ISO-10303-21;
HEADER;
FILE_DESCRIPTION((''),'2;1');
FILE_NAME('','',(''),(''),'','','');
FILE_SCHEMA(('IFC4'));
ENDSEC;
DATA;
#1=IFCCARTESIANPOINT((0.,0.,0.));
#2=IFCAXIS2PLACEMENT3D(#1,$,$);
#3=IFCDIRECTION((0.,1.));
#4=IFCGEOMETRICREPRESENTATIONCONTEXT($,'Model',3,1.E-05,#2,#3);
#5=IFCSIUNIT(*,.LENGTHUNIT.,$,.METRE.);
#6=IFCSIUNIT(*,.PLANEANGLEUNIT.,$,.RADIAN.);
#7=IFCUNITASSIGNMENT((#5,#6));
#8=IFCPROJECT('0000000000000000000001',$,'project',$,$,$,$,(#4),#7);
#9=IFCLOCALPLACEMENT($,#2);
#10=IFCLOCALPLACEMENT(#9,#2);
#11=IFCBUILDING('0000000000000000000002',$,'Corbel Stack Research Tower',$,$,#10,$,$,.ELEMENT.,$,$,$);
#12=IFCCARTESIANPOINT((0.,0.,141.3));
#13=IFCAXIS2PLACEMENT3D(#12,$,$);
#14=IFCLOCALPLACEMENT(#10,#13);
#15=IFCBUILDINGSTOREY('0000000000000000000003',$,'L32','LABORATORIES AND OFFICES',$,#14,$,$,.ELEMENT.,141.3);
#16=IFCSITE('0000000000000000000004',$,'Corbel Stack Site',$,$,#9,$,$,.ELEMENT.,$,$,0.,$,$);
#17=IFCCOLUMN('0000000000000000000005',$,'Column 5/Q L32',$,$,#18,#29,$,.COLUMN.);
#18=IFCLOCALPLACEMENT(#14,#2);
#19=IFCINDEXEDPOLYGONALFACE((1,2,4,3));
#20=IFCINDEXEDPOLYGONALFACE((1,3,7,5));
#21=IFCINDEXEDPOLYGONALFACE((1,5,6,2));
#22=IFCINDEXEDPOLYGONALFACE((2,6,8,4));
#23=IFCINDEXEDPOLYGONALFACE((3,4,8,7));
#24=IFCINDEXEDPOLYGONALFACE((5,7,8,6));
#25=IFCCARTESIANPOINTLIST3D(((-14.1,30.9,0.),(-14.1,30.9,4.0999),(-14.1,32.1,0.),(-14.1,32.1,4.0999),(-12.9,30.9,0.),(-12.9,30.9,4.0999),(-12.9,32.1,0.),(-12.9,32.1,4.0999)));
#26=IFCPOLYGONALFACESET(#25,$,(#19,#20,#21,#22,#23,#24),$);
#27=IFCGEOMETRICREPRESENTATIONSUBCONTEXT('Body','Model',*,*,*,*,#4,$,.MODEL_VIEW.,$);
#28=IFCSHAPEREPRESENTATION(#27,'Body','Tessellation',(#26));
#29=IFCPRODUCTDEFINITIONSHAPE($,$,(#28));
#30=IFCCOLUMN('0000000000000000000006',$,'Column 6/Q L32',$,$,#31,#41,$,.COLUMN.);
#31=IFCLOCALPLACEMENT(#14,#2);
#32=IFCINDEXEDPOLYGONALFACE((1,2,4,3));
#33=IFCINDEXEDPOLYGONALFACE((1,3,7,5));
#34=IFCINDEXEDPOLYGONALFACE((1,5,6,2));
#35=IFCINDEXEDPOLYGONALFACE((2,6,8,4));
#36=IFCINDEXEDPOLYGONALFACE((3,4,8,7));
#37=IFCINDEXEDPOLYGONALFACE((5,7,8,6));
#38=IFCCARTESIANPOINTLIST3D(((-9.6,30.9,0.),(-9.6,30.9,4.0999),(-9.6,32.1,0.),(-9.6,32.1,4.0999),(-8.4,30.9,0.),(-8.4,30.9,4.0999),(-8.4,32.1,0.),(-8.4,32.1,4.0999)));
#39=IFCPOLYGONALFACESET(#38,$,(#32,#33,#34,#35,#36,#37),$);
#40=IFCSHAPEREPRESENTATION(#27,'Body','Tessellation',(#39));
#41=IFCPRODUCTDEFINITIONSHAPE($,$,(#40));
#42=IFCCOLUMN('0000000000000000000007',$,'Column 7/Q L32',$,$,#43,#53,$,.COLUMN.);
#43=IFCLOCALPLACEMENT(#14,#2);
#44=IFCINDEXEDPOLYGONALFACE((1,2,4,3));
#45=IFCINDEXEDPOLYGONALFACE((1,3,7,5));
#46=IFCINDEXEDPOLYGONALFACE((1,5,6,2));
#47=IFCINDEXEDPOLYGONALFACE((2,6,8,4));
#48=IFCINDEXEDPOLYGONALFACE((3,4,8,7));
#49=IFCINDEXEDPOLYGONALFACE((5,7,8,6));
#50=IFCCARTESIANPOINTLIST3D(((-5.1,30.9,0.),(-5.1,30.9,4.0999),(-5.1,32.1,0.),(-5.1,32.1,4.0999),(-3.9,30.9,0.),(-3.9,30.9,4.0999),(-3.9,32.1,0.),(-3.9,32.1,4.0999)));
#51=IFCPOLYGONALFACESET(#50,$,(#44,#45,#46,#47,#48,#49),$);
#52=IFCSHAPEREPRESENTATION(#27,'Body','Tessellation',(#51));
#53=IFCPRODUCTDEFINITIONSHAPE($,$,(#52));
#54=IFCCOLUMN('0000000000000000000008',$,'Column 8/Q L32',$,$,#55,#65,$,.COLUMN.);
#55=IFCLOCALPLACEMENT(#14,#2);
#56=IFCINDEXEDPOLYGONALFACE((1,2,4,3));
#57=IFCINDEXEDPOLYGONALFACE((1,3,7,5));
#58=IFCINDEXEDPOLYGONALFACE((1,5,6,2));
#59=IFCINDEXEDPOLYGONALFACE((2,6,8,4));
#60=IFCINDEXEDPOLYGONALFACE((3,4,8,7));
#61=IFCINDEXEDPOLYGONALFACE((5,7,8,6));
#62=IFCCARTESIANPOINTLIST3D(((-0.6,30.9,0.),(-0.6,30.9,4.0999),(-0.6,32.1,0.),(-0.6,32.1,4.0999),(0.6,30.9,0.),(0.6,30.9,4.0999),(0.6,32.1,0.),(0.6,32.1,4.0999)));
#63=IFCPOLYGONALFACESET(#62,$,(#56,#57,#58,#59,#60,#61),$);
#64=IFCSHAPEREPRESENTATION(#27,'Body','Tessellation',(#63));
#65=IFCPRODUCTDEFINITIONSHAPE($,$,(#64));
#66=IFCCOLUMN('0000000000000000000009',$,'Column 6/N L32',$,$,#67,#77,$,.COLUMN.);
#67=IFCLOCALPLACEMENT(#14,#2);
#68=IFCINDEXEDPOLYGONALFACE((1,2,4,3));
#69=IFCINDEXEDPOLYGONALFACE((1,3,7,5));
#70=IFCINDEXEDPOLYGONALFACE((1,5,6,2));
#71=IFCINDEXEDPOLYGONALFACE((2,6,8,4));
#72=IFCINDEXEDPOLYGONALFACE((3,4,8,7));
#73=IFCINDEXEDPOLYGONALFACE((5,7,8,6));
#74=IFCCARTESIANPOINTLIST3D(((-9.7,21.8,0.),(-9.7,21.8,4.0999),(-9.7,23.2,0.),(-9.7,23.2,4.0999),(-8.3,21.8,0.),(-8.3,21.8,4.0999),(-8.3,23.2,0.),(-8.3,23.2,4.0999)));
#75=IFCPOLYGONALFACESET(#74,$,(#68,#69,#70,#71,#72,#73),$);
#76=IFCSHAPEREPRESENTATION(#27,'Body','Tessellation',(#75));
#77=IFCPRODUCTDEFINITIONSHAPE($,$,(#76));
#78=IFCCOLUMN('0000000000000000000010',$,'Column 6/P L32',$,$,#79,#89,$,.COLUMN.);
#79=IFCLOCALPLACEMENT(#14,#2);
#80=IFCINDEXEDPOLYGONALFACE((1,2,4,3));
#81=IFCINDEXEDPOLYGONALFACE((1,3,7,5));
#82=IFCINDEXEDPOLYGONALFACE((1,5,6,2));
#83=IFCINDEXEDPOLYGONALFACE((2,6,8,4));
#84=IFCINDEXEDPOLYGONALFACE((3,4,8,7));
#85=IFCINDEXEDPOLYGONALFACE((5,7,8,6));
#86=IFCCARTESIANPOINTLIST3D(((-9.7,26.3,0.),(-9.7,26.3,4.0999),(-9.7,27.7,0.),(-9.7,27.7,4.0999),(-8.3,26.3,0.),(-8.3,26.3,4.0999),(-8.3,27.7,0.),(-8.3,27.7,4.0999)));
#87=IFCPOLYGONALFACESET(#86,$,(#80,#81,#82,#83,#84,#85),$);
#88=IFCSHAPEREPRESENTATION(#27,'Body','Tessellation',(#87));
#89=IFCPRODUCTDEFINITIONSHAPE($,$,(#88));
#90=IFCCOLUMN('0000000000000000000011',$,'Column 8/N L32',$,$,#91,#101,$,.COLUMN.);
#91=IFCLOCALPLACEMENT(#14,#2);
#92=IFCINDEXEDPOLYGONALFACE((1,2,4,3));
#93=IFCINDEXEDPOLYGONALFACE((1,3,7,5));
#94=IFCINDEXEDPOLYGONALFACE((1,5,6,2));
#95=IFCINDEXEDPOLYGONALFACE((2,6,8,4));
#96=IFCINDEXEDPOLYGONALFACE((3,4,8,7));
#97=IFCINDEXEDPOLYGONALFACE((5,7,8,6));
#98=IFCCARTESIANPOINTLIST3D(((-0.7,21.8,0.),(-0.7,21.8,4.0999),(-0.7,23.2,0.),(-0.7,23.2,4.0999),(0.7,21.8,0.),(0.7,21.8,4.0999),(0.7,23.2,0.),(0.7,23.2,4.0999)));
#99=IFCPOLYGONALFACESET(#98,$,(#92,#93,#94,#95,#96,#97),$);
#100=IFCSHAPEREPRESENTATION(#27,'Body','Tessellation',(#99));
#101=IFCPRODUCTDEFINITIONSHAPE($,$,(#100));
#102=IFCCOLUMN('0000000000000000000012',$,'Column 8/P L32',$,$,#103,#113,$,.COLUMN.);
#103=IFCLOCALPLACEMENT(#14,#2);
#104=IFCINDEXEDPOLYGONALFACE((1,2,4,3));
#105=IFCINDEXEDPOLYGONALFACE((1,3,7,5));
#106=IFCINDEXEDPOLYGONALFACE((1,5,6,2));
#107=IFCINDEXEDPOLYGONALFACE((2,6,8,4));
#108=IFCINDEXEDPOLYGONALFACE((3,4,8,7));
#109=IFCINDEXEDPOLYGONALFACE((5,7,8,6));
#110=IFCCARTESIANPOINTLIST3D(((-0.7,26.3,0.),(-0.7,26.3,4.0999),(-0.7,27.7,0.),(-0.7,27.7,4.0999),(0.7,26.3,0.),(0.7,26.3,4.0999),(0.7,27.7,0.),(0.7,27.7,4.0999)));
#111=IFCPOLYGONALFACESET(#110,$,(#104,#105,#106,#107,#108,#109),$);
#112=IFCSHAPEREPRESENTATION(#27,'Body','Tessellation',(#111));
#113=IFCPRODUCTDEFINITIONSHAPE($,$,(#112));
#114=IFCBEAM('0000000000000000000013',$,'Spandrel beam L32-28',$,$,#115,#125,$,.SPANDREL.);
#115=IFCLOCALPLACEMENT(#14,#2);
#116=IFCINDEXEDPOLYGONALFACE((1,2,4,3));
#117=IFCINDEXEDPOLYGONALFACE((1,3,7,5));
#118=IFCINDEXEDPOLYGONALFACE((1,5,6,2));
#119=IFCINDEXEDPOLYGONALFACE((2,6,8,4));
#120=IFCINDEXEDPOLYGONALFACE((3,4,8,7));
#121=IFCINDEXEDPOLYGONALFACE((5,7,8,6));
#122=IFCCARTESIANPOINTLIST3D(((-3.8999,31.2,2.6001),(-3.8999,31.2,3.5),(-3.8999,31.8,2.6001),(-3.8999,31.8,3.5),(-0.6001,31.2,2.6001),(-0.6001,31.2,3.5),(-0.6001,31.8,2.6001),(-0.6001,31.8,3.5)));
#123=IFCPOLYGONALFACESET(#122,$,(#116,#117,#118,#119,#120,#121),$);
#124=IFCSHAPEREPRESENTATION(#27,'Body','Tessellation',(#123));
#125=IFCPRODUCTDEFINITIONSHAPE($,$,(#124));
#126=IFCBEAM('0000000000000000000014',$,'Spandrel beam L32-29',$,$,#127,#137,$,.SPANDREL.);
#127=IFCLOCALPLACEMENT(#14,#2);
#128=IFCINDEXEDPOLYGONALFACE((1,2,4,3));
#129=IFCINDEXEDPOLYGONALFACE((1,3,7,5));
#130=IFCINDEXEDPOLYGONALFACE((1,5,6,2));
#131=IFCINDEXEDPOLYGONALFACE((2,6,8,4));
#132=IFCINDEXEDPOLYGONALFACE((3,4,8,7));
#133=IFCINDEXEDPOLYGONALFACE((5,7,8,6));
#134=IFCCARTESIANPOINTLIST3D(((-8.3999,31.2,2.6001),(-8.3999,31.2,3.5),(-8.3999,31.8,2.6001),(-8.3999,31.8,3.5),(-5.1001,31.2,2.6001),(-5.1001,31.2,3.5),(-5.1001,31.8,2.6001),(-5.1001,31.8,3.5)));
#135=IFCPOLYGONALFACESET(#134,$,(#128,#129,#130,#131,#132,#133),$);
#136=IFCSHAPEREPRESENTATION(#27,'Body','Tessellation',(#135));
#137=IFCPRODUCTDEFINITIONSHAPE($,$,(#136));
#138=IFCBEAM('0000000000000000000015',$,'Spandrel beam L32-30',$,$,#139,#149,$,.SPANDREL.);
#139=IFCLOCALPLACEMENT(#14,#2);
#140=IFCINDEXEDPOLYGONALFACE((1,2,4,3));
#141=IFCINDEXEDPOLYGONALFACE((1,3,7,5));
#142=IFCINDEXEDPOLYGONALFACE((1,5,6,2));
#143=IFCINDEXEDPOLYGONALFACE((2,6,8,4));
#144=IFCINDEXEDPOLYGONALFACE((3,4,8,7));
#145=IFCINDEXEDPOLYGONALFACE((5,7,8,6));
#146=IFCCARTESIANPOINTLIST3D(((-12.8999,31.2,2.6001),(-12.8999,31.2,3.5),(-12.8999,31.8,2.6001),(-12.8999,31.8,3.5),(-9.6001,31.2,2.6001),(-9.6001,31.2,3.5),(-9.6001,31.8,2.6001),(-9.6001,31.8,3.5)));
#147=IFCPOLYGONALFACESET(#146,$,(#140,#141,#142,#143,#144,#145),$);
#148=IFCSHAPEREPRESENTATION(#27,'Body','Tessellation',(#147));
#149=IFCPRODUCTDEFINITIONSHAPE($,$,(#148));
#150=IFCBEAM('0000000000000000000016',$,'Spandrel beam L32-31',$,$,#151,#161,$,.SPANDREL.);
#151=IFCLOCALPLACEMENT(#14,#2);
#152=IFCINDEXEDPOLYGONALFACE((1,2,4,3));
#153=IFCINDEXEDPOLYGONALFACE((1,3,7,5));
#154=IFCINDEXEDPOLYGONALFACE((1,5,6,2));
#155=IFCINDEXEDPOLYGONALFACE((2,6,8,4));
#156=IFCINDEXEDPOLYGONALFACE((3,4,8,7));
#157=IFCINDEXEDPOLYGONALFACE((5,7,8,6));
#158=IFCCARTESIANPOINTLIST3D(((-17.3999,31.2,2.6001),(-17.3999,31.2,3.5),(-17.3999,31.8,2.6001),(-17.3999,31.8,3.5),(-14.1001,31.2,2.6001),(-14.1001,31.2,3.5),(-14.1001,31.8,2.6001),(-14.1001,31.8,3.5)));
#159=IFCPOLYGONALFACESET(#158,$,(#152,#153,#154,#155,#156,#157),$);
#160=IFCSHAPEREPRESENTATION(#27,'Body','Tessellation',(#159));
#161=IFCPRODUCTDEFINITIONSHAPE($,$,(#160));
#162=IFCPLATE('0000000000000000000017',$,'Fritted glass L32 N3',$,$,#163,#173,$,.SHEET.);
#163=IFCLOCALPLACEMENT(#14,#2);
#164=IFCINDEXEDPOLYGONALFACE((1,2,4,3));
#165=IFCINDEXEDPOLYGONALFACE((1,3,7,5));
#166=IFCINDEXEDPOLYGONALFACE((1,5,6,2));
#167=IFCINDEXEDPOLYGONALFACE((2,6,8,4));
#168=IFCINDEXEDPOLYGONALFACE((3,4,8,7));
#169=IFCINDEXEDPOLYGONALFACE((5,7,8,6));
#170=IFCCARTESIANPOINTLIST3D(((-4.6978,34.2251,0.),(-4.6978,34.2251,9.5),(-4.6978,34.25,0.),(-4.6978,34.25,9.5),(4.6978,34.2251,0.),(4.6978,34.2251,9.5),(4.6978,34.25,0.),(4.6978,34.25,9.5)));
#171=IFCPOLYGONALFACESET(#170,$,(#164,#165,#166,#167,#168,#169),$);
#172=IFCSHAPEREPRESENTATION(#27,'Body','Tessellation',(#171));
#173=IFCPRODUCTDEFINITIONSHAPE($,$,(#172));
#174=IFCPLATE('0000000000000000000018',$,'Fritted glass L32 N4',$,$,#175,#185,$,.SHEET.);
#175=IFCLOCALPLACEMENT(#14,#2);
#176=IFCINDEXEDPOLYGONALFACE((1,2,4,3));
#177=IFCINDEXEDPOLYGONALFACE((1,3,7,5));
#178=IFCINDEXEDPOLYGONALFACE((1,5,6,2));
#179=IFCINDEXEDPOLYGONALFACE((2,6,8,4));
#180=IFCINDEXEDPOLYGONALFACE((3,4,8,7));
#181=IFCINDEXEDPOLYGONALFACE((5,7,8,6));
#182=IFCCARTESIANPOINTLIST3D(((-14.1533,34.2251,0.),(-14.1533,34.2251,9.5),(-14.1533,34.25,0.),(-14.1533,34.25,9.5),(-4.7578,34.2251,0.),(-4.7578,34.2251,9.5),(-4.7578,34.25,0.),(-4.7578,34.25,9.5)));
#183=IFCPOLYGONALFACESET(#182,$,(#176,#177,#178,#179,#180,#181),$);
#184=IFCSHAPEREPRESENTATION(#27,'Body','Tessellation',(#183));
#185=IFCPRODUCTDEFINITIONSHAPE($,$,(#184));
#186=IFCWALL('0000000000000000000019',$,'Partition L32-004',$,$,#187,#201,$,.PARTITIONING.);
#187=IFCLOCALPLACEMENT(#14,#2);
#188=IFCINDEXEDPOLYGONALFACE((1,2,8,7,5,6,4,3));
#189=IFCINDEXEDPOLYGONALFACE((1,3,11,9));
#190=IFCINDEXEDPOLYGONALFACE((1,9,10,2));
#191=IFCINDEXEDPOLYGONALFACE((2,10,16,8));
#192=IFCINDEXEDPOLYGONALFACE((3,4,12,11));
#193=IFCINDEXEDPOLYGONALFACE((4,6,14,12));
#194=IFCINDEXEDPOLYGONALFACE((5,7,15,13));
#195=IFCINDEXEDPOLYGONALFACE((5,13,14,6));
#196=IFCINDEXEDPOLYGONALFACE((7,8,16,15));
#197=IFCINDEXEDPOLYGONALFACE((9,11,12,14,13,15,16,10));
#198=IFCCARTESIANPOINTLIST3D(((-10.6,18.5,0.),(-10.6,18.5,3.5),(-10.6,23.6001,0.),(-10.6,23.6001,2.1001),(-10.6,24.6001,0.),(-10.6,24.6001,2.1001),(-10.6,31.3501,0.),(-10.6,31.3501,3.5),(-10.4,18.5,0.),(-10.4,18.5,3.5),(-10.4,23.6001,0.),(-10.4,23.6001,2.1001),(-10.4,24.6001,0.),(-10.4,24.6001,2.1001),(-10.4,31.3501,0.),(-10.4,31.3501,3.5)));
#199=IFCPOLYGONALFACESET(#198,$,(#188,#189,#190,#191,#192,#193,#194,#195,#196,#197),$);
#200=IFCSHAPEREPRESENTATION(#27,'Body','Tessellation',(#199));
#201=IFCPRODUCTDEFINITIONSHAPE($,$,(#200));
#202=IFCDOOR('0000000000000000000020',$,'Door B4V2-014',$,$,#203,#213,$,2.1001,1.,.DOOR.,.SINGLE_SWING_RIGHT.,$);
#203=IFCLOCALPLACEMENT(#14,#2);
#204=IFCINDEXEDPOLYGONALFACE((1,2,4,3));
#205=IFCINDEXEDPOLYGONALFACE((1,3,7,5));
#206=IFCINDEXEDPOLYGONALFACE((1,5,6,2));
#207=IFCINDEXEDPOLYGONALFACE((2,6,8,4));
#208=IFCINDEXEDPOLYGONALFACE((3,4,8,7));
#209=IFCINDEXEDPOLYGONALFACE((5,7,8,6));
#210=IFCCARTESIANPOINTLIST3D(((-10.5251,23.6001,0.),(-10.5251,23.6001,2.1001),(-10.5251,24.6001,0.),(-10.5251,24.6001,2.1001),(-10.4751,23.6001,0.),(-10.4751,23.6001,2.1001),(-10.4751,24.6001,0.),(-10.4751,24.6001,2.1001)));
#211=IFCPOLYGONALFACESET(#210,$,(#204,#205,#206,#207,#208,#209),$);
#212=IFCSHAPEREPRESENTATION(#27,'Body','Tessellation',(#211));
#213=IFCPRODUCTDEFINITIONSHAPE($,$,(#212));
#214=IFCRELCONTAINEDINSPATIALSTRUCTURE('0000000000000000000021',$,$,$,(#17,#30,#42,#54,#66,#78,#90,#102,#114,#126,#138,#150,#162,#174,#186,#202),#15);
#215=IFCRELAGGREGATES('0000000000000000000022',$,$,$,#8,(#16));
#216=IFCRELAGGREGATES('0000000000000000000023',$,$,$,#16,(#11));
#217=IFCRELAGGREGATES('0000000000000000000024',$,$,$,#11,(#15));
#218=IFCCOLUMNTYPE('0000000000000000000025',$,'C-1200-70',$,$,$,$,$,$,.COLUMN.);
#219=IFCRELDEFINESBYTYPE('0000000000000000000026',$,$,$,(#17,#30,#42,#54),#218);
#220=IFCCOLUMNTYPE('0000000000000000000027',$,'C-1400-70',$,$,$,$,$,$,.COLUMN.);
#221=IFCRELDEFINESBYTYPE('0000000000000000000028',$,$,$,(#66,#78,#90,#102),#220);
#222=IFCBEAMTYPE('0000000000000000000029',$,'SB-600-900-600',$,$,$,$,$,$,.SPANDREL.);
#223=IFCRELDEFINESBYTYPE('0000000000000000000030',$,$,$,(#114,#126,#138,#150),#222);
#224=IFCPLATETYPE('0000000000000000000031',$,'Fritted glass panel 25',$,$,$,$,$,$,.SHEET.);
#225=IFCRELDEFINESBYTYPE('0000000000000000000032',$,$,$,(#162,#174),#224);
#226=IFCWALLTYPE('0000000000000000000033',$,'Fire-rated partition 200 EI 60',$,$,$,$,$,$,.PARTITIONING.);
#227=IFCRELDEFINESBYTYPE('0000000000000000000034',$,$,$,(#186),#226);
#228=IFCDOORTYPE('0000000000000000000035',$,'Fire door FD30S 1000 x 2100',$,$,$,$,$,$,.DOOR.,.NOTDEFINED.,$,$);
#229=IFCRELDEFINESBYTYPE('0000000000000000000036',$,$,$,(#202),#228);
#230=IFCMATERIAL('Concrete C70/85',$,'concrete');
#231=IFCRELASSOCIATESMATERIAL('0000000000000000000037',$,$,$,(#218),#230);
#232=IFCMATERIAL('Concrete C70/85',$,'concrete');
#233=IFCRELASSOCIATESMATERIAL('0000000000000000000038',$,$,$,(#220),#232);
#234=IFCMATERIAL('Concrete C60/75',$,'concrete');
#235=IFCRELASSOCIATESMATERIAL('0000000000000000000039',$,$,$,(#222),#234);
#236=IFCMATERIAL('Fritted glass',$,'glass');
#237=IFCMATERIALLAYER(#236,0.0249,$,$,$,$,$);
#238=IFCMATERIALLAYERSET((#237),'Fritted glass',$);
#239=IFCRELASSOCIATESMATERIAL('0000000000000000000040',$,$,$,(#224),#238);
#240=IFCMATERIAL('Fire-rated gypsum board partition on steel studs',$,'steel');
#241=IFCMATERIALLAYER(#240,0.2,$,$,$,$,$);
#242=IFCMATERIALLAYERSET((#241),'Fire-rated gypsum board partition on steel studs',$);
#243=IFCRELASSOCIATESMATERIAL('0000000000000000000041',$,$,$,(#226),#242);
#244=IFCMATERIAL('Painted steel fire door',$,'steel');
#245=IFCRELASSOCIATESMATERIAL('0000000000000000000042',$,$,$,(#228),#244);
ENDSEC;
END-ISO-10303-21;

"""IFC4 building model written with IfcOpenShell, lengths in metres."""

from ifc_helpers import new_model, si_unit, direction, frame, frame_2d, origin, origin_2d, place, context, subcontext, project, spatial, rectangle, extrude, material, layer, layer_set, material_profile, profile_set, type_object, element, fill, save


model = new_model("IFC4")

# Units and contexts
model_context = context("Model", 3, precision=1e-05, world=origin(), true_north=direction((0.0, 1.0)))
body_context = subcontext(model_context, "Body", "Model", "MODEL_VIEW")
ifc_project = project(units=[si_unit("LENGTHUNIT", "METRE"), si_unit("PLANEANGLEUNIT", "RADIAN")], contexts=[model_context])

# Site, building, storey
site_placement = place(None, origin())
site = spatial("IfcSite", under=ifc_project, at=site_placement, Name="Corbel Stack Site", CompositionType="ELEMENT", RefElevation=0.0)
building_placement = place(site_placement, origin())
building = spatial("IfcBuilding", under=site, at=building_placement, Name="Corbel Stack Research Tower", CompositionType="ELEMENT")
storey_placement = place(building_placement, frame((0.0, 0.0, 141.3)))
storey = spatial("IfcBuildingStorey", under=building, at=storey_placement, Name="L32", Description="LABORATORIES AND OFFICES", CompositionType="ELEMENT", Elevation=141.3)

# Columns
ifc_material_1 = material(Name="Concrete C70/85", Category="concrete")
ifc_material_profile_1 = material_profile(ifc_material_1, rectangle(XDim=1.2, YDim=1.2, at=origin_2d()), Name="RC 1200 x 1200")
ifc_profile_set_1 = profile_set([ifc_material_profile_1], Name="Concrete C70/85")
column_type_1 = type_object("IfcColumnType", Name="C-1200-70", PredefinedType="COLUMN", material=ifc_profile_set_1)
for number, where, z_axis, x_axis, name in (
    (1, (-13.5, 31.5, 0.0), (0.0, 0.0, 1.0), (1.0, 0.0, 0.0), "Column 5/Q L32"),
    (2, (-9.0, 31.5, 0.0), (0.0, 0.0, 1.0), (1.0, 0.0, 0.0), "Column 6/Q L32"),
    (3, (-4.5, 31.5, 0.0), (0.0, 0.0, 1.0), (1.0, 0.0, 0.0), "Column 7/Q L32"),
    (4, (0.0, 31.5, 0.0), (0.0, 0.0, 1.0), (1.0, 0.0, 0.0), "Column 8/Q L32"),
):
    element("IfcColumn", number, at=place(storey_placement, frame(where, z_axis=z_axis, x_axis=x_axis)), inside=storey, type_object=column_type_1, Name=name, PredefinedType="COLUMN", context=body_context, shape_type="SweptSolid", body=[
        extrude(rectangle(XDim=1.2, YDim=1.2, at=origin_2d()), origin(), (0.0, 0.0, 1.0), 4.0999),
    ])
ifc_material_2 = material(Name="Concrete C70/85", Category="concrete")
ifc_material_profile_2 = material_profile(ifc_material_2, rectangle(XDim=1.3999, YDim=1.3999, at=origin_2d()), Name="RC 1400 x 1400")
ifc_profile_set_2 = profile_set([ifc_material_profile_2], Name="Concrete C70/85")
column_type_2 = type_object("IfcColumnType", Name="C-1400-70", PredefinedType="COLUMN", material=ifc_profile_set_2)
for number, where, z_axis, x_axis, name in (
    (5, (-9.0, 22.5, 0.0), (0.0, 0.0, 1.0), (1.0, 0.0, 0.0), "Column 6/N L32"),
    (6, (-9.0, 27.0, 0.0), (0.0, 0.0, 1.0), (1.0, 0.0, 0.0), "Column 6/P L32"),
    (7, (0.0, 22.5, 0.0), (0.0, 0.0, 1.0), (1.0, 0.0, 0.0), "Column 8/N L32"),
    (8, (0.0, 27.0, 0.0), (0.0, 0.0, 1.0), (1.0, 0.0, 0.0), "Column 8/P L32"),
):
    element("IfcColumn", number, at=place(storey_placement, frame(where, z_axis=z_axis, x_axis=x_axis)), inside=storey, type_object=column_type_2, Name=name, PredefinedType="COLUMN", context=body_context, shape_type="SweptSolid", body=[
        extrude(rectangle(XDim=1.3999, YDim=1.3999, at=origin_2d()), origin(), (0.0, 0.0, 1.0), 4.0999),
    ])

# Beams
ifc_material_3 = material(Name="Concrete C60/75", Category="concrete")
ifc_material_profile_3 = material_profile(ifc_material_3, rectangle(XDim=0.6001, YDim=0.8999, at=origin_2d()), Name="RC 600 x 900")
ifc_profile_set_3 = profile_set([ifc_material_profile_3], Name="Concrete C60/75")
beam_type = type_object("IfcBeamType", Name="SB-600-900-600", PredefinedType="SPANDREL", material=ifc_profile_set_3)
for number, where, z_axis, x_axis, name in (
    (9, (-0.6001, 31.5, 3.05), (-1.0, 0.0, 0.0), (0.0, -1.0, 0.0), "Spandrel beam L32-28"),
    (10, (-5.1001, 31.5, 3.05), (-1.0, 0.0, 0.0), (0.0, -1.0, 0.0), "Spandrel beam L32-29"),
    (11, (-9.6001, 31.5, 3.05), (-1.0, 0.0, 0.0), (0.0, -1.0, 0.0), "Spandrel beam L32-30"),
    (12, (-14.1001, 31.5, 3.05), (-1.0, 0.0, 0.0), (0.0, -1.0, 0.0), "Spandrel beam L32-31"),
):
    element("IfcBeam", number, at=place(storey_placement, frame(where, z_axis=z_axis, x_axis=x_axis)), inside=storey, type_object=beam_type, Name=name, PredefinedType="SPANDREL", context=body_context, shape_type="SweptSolid", body=[
        extrude(rectangle(XDim=0.6001, YDim=0.8999, at=origin_2d()), origin(), (0.0, 0.0, 1.0), 3.2998),
    ])

# Plates
ifc_material_4 = material(Name="Fritted glass", Category="glass")
ifc_layer_1 = layer(ifc_material_4, 0.0249)
ifc_layer_set_1 = layer_set([ifc_layer_1], Name="Fritted glass")
plate_type = type_object("IfcPlateType", Name="Fritted glass panel 25", PredefinedType="SHEET", material=ifc_layer_set_1)
for number, where, z_axis, x_axis, name in (
    (13, (0.0, 34.2375, 0.0), (0.0, 0.0, 1.0), (-1.0, 0.0, 0.0), "Fritted glass L32 N3"),
    (14, (-9.4556, 34.2375, 0.0), (0.0, 0.0, 1.0), (-1.0, 0.0, 0.0), "Fritted glass L32 N4"),
):
    element("IfcPlate", number, at=place(storey_placement, frame(where, z_axis=z_axis, x_axis=x_axis)), inside=storey, type_object=plate_type, Name=name, PredefinedType="SHEET", context=body_context, shape_type="SweptSolid", body=[
        extrude(rectangle(XDim=9.3955, YDim=0.0249, at=origin_2d()), origin(), (0.0, 0.0, 1.0), 9.5),
    ])

# Wall, opening, door
ifc_material_5 = material(Name="Fire-rated gypsum board partition on steel studs", Category="steel")
ifc_layer_2 = layer(ifc_material_5, 0.2)
ifc_layer_set_2 = layer_set([ifc_layer_2], Name="Fire-rated gypsum board partition on steel studs")
wall_type_1 = type_object("IfcWallType", Name="Fire-rated partition 200 EI 60", PredefinedType="PARTITIONING", material=ifc_layer_set_2)
wall_1_placement = place(storey_placement, frame((-10.5, 31.3501, 0.0), z_axis=(0.0, 0.0, 1.0), x_axis=(0.0, -1.0, 0.0)))
wall_1 = element("IfcWall", 15, at=wall_1_placement, inside=storey, type_object=wall_type_1, Name="Partition L32-004", PredefinedType="PARTITIONING", context=body_context, shape_type="SweptSolid", body=[
    extrude(rectangle(XDim=12.8501, YDim=0.2, at=frame_2d((6.425, 0.0))), origin(), (0.0, 0.0, 1.0), 3.5),
])
opening_1_placement = place(wall_1_placement, frame((6.75, 0.0, 0.0)))
opening_1 = element("IfcOpeningElement", 16, at=opening_1_placement, cuts=wall_1, PredefinedType="OPENING", context=body_context, shape_type="SweptSolid", body=[
    extrude(rectangle(XDim=1.0, YDim=2.1001, at=frame_2d((0.5, 1.05))), frame((0.0, 0.1099, 0.0), z_axis=(0.0, -1.0, 0.0), x_axis=(1.0, 0.0, 0.0)), (0.0, 0.0, 1.0), 0.22),
])
ifc_material_6 = material(Name="Painted steel fire door", Category="steel")
door_type_1 = type_object("IfcDoorType", Name="Fire door FD30S 1000 x 2100", OperationType="NOTDEFINED", PredefinedType="DOOR", material=ifc_material_6)
door_1_placement = place(opening_1_placement, origin())
door_1 = element("IfcDoor", 17, at=door_1_placement, inside=storey, type_object=door_type_1, Name="Door B4V2-014", OperationType="SINGLE_SWING_RIGHT", OverallHeight=2.1001, OverallWidth=1.0, PredefinedType="DOOR", context=body_context, shape_type="SweptSolid", body=[
    extrude(rectangle(XDim=1.0, YDim=2.1001, at=frame_2d((0.5, 1.05))), frame((0.0, 0.0249, 0.0), z_axis=(0.0, -1.0, 0.0), x_axis=(1.0, 0.0, 0.0)), (0.0, 0.0, 1.0), 0.05),
])
fill(opening_1, door_1)

save(model, "model.ifc")
